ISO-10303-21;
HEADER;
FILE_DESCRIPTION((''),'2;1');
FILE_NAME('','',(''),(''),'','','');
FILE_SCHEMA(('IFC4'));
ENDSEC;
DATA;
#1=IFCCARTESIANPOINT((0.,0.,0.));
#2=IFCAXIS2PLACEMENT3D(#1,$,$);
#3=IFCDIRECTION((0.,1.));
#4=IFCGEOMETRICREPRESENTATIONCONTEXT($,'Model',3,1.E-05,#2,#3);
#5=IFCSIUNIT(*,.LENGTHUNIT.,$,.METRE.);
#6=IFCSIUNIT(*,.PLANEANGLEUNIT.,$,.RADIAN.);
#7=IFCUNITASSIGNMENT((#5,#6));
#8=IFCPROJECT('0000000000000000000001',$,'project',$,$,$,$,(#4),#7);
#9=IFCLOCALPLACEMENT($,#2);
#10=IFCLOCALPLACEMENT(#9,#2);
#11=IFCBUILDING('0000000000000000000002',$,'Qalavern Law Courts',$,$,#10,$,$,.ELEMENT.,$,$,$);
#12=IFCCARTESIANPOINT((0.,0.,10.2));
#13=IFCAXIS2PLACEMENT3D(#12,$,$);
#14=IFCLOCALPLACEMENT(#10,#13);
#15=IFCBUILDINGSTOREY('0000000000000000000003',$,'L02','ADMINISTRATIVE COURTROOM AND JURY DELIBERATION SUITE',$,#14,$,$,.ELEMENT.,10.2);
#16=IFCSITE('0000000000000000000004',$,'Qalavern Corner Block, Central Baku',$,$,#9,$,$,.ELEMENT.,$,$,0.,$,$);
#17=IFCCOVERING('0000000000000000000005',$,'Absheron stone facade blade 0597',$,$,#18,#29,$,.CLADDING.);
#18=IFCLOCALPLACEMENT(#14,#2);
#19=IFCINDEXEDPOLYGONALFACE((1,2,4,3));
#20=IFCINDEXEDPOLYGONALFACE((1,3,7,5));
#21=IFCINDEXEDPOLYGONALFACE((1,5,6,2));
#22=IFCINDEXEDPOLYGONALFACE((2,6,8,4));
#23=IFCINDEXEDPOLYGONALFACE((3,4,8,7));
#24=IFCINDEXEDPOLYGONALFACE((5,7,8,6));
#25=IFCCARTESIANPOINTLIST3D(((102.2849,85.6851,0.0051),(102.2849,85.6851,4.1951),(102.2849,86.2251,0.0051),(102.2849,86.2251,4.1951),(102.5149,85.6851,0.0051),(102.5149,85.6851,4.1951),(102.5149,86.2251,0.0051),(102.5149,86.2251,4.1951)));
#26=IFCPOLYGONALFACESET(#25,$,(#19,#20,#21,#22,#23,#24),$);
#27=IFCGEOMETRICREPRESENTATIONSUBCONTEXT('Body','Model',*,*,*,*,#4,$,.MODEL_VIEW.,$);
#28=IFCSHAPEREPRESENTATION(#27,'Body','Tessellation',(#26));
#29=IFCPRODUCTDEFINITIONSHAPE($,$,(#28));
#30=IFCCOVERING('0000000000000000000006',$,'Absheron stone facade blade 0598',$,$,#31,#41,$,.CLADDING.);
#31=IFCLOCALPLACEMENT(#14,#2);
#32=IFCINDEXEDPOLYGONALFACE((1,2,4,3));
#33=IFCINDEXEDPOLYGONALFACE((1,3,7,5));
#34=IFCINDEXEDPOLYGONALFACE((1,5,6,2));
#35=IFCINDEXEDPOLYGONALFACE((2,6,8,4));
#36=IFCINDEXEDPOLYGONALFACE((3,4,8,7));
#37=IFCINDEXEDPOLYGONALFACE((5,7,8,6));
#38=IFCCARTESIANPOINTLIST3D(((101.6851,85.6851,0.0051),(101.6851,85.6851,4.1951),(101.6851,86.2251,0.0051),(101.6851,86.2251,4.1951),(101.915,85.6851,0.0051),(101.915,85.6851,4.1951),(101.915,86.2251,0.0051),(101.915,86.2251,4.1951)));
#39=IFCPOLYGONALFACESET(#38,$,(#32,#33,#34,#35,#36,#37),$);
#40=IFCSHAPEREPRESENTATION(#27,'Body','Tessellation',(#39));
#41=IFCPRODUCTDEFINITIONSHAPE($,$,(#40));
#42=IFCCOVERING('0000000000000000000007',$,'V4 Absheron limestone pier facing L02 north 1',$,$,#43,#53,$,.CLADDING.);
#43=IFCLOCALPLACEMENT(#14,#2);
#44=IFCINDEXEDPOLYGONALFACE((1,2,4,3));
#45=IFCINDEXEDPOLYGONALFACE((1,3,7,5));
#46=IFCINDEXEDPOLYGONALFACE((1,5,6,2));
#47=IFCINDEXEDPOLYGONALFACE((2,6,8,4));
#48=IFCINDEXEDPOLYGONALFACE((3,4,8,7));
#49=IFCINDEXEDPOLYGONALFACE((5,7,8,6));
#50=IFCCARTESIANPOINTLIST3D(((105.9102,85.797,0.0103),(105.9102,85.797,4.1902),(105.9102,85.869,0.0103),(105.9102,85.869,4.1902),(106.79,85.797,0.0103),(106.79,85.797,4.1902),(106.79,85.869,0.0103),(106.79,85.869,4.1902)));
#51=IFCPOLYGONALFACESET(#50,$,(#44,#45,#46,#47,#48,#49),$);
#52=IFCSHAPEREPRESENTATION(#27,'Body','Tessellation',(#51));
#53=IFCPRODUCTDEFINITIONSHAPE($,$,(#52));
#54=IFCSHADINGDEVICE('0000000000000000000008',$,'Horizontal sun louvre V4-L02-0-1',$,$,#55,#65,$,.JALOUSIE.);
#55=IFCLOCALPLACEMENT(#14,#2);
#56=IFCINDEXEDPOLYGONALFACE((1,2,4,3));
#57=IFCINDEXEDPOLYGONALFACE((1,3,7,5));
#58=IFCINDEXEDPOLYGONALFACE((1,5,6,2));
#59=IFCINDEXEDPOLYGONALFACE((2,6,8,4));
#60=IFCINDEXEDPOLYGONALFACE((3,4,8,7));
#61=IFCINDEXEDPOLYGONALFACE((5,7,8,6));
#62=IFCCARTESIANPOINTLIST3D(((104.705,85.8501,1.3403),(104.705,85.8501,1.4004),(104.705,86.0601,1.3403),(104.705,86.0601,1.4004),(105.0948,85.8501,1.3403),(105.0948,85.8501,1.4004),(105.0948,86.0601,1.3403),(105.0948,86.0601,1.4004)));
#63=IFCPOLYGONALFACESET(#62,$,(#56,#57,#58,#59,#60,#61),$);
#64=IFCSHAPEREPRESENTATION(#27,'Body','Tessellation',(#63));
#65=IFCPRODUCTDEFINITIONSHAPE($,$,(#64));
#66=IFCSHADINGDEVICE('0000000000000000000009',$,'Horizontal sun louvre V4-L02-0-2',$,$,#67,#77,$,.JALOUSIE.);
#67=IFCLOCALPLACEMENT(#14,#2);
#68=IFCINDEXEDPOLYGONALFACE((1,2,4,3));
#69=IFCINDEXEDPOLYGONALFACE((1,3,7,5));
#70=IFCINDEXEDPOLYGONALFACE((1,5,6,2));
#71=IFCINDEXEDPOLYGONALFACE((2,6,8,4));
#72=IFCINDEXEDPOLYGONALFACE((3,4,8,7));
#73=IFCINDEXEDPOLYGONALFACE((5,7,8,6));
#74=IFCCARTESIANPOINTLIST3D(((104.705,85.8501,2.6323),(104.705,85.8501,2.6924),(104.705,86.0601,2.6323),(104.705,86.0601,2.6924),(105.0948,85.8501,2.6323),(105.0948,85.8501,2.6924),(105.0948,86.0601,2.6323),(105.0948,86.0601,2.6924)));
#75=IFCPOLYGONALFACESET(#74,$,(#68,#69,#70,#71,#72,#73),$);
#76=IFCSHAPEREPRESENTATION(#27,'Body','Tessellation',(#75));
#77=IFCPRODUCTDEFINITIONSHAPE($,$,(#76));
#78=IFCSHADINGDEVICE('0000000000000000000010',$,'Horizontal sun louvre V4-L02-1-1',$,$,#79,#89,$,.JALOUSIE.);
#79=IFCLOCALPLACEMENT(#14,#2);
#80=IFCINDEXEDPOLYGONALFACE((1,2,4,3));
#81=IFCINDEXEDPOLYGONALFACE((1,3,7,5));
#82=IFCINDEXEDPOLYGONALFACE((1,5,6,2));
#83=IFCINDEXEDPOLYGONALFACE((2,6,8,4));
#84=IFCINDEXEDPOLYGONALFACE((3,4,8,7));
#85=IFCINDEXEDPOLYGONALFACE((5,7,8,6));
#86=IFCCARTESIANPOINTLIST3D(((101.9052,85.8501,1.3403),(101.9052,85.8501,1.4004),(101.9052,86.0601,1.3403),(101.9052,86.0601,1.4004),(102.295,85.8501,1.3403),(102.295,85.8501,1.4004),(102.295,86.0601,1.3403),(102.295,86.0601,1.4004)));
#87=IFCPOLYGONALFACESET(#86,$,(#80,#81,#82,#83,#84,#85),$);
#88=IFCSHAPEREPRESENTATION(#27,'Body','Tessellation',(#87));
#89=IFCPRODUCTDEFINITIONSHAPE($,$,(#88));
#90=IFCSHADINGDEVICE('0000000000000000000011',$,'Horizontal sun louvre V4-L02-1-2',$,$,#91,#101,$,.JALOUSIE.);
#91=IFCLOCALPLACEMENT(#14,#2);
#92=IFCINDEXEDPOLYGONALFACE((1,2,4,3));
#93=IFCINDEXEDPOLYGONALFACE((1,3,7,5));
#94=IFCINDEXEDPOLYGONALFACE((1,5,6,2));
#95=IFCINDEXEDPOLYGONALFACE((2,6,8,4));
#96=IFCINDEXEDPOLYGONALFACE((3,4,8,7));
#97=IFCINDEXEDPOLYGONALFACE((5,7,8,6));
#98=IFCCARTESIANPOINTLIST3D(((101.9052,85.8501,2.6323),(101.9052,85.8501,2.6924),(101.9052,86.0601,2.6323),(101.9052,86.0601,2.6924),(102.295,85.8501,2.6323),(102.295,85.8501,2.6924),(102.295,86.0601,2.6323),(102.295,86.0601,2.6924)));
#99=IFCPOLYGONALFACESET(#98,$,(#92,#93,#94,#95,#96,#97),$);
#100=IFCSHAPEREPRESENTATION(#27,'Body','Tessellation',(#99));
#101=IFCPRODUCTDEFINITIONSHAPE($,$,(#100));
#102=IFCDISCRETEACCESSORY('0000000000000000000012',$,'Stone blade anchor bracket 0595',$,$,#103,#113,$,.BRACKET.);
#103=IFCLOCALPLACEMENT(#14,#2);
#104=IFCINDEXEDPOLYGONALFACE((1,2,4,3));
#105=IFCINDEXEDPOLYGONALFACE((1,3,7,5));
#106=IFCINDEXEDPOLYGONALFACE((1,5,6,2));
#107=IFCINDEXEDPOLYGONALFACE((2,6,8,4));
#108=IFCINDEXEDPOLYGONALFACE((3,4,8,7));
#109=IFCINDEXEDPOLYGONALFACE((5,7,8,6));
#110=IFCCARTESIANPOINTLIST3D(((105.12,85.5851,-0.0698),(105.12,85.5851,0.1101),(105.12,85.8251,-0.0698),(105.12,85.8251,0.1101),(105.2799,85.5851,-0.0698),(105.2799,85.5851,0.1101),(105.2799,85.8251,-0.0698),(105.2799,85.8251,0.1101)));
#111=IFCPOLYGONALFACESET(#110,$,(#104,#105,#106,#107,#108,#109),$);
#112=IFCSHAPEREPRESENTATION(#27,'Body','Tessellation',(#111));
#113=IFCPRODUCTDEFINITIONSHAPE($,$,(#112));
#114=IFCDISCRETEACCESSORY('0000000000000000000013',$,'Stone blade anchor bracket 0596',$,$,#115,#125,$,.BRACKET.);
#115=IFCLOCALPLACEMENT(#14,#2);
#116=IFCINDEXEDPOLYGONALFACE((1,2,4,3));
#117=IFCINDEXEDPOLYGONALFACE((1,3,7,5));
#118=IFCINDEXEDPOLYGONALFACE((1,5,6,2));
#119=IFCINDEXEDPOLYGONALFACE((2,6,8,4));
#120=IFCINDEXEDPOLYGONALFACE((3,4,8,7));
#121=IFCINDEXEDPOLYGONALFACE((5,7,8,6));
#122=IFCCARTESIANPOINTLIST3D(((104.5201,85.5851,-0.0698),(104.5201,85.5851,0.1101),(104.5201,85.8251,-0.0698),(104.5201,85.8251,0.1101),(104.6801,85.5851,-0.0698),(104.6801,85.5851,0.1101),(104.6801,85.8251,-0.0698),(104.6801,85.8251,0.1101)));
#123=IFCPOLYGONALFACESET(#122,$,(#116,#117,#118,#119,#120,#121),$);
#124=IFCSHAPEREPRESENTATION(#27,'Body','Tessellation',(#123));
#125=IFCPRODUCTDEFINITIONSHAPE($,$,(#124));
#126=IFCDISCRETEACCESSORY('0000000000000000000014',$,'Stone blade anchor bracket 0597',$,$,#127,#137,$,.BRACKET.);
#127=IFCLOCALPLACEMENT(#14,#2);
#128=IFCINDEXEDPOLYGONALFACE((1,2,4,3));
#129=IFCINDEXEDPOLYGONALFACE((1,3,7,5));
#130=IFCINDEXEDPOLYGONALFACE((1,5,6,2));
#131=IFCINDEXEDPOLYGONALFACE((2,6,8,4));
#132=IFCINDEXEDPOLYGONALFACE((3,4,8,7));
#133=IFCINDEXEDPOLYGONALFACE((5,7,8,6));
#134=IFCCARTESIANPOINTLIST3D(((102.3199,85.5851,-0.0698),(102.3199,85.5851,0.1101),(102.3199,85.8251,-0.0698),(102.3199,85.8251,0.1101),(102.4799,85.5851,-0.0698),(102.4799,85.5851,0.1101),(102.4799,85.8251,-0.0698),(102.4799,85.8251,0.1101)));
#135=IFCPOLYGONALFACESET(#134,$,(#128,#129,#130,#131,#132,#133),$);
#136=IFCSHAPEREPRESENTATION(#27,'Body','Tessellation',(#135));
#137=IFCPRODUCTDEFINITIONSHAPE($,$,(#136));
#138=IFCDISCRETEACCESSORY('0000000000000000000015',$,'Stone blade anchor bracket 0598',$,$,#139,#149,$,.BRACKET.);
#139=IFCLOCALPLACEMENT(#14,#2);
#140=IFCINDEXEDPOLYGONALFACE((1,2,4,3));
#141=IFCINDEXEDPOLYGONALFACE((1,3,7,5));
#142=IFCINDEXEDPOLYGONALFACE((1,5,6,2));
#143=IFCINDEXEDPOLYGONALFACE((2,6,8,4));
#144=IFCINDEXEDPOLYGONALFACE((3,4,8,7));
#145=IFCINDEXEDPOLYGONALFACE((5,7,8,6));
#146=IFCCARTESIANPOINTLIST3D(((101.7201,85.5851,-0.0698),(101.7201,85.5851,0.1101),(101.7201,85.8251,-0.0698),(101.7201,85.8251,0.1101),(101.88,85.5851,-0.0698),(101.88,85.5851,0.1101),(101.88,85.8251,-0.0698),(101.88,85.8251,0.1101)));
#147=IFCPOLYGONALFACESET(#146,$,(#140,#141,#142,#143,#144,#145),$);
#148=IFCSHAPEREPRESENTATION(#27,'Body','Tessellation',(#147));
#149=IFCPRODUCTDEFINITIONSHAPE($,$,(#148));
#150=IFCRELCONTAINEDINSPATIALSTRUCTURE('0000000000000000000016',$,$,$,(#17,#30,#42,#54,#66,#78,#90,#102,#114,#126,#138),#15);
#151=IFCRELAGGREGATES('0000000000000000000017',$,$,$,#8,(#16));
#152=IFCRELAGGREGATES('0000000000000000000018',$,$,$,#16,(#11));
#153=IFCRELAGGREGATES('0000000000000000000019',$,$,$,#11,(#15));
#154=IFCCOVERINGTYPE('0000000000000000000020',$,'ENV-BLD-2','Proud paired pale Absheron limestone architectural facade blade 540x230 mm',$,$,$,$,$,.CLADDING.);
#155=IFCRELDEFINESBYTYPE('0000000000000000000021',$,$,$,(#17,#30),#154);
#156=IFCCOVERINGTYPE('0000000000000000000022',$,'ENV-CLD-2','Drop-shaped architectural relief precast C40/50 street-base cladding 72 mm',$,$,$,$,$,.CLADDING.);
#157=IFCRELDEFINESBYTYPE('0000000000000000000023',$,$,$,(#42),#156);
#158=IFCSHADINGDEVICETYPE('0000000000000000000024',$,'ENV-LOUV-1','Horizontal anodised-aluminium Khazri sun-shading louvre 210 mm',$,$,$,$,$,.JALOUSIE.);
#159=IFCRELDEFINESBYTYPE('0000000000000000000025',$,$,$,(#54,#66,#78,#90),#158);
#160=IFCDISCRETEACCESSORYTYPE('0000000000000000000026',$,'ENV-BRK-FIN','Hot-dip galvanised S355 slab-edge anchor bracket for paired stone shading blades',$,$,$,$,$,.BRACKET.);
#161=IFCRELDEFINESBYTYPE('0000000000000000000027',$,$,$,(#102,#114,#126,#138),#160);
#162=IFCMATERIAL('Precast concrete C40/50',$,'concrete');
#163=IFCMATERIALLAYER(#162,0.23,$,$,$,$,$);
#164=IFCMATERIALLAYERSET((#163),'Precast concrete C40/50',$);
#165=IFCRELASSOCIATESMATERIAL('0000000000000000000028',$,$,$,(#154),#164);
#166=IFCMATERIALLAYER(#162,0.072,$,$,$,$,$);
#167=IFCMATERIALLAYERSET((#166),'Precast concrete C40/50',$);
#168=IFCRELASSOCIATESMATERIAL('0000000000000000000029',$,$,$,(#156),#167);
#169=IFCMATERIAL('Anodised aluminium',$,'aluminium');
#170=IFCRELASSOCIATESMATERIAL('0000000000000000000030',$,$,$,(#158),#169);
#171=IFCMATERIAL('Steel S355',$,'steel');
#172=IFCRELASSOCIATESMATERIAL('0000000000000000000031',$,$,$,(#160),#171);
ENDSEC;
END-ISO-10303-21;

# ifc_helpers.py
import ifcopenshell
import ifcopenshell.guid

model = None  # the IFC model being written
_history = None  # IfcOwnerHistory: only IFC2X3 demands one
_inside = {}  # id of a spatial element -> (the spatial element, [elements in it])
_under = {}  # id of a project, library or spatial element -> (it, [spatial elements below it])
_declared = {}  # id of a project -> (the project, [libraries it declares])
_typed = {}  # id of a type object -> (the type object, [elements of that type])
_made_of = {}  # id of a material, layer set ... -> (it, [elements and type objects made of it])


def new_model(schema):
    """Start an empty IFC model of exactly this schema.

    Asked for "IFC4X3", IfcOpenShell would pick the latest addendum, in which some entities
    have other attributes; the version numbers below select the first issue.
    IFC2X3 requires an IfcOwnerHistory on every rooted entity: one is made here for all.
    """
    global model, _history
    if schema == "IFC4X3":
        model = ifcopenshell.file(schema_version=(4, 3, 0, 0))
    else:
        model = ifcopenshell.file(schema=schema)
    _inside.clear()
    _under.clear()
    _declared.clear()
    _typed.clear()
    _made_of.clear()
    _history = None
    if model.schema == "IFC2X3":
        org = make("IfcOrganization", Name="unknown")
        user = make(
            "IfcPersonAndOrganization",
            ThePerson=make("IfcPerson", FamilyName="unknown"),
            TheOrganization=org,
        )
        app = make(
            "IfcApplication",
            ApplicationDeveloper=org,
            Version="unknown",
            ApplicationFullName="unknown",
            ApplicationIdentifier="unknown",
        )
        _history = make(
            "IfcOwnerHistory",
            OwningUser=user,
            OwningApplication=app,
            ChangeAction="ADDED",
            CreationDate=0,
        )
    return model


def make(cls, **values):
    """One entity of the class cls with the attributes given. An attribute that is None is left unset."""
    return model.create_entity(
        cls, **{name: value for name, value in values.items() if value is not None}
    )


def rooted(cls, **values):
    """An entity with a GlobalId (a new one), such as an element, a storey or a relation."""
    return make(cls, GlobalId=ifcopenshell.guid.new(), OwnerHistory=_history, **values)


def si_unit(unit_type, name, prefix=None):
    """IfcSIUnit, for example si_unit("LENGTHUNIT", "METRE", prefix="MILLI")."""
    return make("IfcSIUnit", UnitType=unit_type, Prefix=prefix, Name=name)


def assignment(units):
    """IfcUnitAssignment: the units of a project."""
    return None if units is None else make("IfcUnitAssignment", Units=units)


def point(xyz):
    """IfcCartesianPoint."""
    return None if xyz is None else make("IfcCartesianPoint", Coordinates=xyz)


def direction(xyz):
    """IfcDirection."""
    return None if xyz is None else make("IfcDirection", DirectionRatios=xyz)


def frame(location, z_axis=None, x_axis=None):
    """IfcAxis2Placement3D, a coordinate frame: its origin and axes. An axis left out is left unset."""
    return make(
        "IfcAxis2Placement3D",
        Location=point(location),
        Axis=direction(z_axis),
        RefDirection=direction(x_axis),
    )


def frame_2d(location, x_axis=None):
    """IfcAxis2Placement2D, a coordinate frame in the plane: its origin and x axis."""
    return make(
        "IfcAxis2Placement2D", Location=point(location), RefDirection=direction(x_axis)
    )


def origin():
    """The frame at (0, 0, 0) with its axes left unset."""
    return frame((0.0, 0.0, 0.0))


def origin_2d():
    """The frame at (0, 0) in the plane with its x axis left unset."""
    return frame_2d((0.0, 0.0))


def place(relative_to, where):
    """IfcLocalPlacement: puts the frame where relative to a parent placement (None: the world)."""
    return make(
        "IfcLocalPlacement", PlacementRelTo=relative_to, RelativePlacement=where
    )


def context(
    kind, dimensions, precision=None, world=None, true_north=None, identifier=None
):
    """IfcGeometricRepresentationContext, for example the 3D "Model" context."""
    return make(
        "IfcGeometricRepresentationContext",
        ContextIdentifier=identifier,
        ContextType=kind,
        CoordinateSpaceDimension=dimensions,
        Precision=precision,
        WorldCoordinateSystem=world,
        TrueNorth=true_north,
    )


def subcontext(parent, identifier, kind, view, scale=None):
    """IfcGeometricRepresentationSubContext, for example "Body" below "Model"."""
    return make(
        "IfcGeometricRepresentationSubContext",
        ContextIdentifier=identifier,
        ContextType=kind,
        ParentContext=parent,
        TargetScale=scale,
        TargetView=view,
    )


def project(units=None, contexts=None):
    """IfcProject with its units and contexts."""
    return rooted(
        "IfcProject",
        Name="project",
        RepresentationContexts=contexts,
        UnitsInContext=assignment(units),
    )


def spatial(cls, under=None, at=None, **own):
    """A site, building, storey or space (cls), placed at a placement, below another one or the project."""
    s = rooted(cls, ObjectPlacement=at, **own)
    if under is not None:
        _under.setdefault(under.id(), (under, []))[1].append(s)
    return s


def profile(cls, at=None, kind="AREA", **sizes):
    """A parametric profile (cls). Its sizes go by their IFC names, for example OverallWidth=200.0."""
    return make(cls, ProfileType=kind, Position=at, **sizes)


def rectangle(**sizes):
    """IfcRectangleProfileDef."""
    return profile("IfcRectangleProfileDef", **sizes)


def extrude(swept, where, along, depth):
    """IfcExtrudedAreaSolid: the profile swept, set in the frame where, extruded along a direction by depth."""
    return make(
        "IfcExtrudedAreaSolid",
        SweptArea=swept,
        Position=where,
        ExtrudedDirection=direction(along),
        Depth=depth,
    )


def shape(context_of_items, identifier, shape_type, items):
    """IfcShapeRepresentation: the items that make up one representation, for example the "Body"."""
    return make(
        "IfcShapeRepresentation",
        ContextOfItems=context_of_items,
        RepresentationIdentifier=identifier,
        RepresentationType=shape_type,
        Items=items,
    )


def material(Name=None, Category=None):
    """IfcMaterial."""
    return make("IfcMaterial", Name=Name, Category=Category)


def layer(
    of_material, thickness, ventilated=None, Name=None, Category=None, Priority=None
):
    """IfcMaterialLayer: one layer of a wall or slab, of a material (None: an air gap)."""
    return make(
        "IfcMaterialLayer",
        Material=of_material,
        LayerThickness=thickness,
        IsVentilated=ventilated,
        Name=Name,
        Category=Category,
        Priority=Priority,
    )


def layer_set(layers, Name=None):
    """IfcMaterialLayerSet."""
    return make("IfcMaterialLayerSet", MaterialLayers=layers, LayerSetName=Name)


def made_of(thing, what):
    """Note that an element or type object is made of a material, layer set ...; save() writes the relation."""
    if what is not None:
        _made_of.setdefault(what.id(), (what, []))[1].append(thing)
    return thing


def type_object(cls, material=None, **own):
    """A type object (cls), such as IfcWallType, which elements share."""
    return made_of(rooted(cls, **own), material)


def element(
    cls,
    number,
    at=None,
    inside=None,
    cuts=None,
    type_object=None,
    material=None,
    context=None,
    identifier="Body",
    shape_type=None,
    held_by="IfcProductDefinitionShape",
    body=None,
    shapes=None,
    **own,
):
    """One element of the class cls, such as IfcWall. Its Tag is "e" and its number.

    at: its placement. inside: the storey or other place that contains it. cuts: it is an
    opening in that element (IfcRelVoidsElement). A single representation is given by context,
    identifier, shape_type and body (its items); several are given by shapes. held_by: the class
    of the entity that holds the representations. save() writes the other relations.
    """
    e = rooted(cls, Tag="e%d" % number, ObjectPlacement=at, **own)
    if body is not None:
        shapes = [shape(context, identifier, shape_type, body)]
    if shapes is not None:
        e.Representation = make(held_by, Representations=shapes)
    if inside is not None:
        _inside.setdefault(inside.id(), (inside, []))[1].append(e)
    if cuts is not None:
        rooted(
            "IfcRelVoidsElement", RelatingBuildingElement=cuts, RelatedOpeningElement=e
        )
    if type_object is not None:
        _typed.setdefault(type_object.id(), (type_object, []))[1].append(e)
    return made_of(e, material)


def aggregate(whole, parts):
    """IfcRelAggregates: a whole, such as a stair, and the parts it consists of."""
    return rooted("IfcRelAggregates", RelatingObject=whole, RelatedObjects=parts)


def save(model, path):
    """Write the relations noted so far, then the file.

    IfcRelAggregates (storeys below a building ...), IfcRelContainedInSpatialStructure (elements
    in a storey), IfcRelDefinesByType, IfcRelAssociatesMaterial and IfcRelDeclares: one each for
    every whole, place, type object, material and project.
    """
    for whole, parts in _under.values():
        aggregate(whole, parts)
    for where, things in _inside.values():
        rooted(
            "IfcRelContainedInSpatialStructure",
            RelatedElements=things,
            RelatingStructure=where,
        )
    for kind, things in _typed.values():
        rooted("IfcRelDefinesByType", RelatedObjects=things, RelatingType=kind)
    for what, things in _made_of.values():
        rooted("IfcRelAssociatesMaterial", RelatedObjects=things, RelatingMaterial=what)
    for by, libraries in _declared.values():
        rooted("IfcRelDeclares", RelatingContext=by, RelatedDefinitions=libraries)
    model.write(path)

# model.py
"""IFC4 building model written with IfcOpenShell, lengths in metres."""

from ifc_helpers import new_model, si_unit, direction, frame, origin, origin_2d, place, context, subcontext, project, spatial, rectangle, extrude, material, layer, layer_set, type_object, element, save


model = new_model("IFC4")

# Units and contexts
model_context = context("Model", 3, precision=1e-05, world=origin(), true_north=direction((0.0, 1.0)))
body_context = subcontext(model_context, "Body", "Model", "MODEL_VIEW")
ifc_project = project(units=[si_unit("LENGTHUNIT", "METRE"), si_unit("PLANEANGLEUNIT", "RADIAN")], contexts=[model_context])

# Site, building, storey
site_placement = place(None, origin())
site = spatial("IfcSite", under=ifc_project, at=site_placement, Name="Qalavern Corner Block, Central Baku", CompositionType="ELEMENT", RefElevation=0.0)
building_placement = place(site_placement, origin())
building = spatial("IfcBuilding", under=site, at=building_placement, Name="Qalavern Law Courts", CompositionType="ELEMENT")
storey_placement = place(building_placement, frame((0.0, 0.0, 10.2)))
storey = spatial("IfcBuildingStorey", under=building, at=storey_placement, Name="L02", Description="ADMINISTRATIVE COURTROOM AND JURY DELIBERATION SUITE", CompositionType="ELEMENT", Elevation=10.2)

# Shared definitions
ifc_material_1 = material(Name="Anodised aluminium", Category="aluminium")

# Coverings
ifc_material_2 = material(Name="Precast concrete C40/50", Category="concrete")
ifc_layer_1 = layer(ifc_material_2, 0.23)
ifc_layer_set_1 = layer_set([ifc_layer_1], Name="Precast concrete C40/50")
covering_type_1 = type_object("IfcCoveringType", Name="ENV-BLD-2", Description="Proud paired pale Absheron limestone architectural facade blade 540x230 mm", PredefinedType="CLADDING", material=ifc_layer_set_1)
for number, where, z_axis, x_axis, name in (
    (1, (102.3999, 85.9551, 0.0051), (0.0, 0.0, 1.0), (0.0, 1.0, 0.0), "Absheron stone facade blade 0597"),
    (2, (101.8, 85.9551, 0.0051), (0.0, 0.0, 1.0), (0.0, 1.0, 0.0), "Absheron stone facade blade 0598"),
):
    element("IfcCovering", number, at=place(storey_placement, frame(where, z_axis=z_axis, x_axis=x_axis)), inside=storey, type_object=covering_type_1, Name=name, PredefinedType="CLADDING", context=body_context, shape_type="SweptSolid", body=[
        extrude(rectangle(XDim=0.54, YDim=0.23, at=origin_2d()), origin(), (0.0, 0.0, 1.0), 4.1899),
    ])
ifc_layer_2 = layer(ifc_material_2, 0.072)
ifc_layer_set_2 = layer_set([ifc_layer_2], Name="Precast concrete C40/50")
covering_type_2 = type_object("IfcCoveringType", Name="ENV-CLD-2", Description="Drop-shaped architectural relief precast C40/50 street-base cladding 72 mm", PredefinedType="CLADDING", material=ifc_layer_set_2)
covering_placement = place(storey_placement, frame((106.3501, 85.833, 0.0103), z_axis=(0.0, 0.0, 1.0), x_axis=(-1.0, 0.0, 0.0)))
element("IfcCovering", 3, at=covering_placement, inside=storey, type_object=covering_type_2, Name="V4 Absheron limestone pier facing L02 north 1", PredefinedType="CLADDING", context=body_context, shape_type="SweptSolid", body=[
    extrude(rectangle(XDim=0.8799, YDim=0.072, at=origin_2d()), origin(), (0.0, 0.0, 1.0), 4.1799),
])

# Shading devices
shading_device_type = type_object("IfcShadingDeviceType", Name="ENV-LOUV-1", Description="Horizontal anodised-aluminium Khazri sun-shading louvre 210 mm", PredefinedType="JALOUSIE", material=ifc_material_1)
for number, where, z_axis, x_axis, name in (
    (4, (104.8999, 85.9551, 1.3403), (0.0, 0.0, 1.0), (-1.0, 0.0, 0.0), "Horizontal sun louvre V4-L02-0-1"),
    (5, (104.8999, 85.9551, 2.6323), (0.0, 0.0, 1.0), (-1.0, 0.0, 0.0), "Horizontal sun louvre V4-L02-0-2"),
    (6, (102.1001, 85.9551, 1.3403), (0.0, 0.0, 1.0), (-1.0, 0.0, 0.0), "Horizontal sun louvre V4-L02-1-1"),
    (7, (102.1001, 85.9551, 2.6323), (0.0, 0.0, 1.0), (-1.0, 0.0, 0.0), "Horizontal sun louvre V4-L02-1-2"),
):
    element("IfcShadingDevice", number, at=place(storey_placement, frame(where, z_axis=z_axis, x_axis=x_axis)), inside=storey, type_object=shading_device_type, Name=name, PredefinedType="JALOUSIE", context=body_context, shape_type="SweptSolid", body=[
        extrude(rectangle(XDim=0.3899, YDim=0.21, at=origin_2d()), origin(), (0.0, 0.0, 1.0), 0.0601),
    ])

# Discrete accessories
ifc_material_3 = material(Name="Steel S355", Category="steel")
discrete_accessory_type = type_object("IfcDiscreteAccessoryType", Name="ENV-BRK-FIN", Description="Hot-dip galvanised S355 slab-edge anchor bracket for paired stone shading blades", PredefinedType="BRACKET", material=ifc_material_3)
for number, where, z_axis, x_axis, name in (
    (8, (105.2, 85.7051, -0.0698), (0.0, 0.0, 1.0), (0.0, 1.0, 0.0), "Stone blade anchor bracket 0595"),
    (9, (104.6001, 85.7051, -0.0698), (0.0, 0.0, 1.0), (0.0, 1.0, 0.0), "Stone blade anchor bracket 0596"),
    (10, (102.3999, 85.7051, -0.0698), (0.0, 0.0, 1.0), (0.0, 1.0, 0.0), "Stone blade anchor bracket 0597"),
    (11, (101.8, 85.7051, -0.0698), (0.0, 0.0, 1.0), (0.0, 1.0, 0.0), "Stone blade anchor bracket 0598"),
):
    element("IfcDiscreteAccessory", number, at=place(storey_placement, frame(where, z_axis=z_axis, x_axis=x_axis)), inside=storey, type_object=discrete_accessory_type, Name=name, PredefinedType="BRACKET", context=body_context, shape_type="SweptSolid", body=[
        extrude(rectangle(XDim=0.24, YDim=0.1599, at=origin_2d()), origin(), (0.0, 0.0, 1.0), 0.1799),
    ])

save(model, "model.ifc")
